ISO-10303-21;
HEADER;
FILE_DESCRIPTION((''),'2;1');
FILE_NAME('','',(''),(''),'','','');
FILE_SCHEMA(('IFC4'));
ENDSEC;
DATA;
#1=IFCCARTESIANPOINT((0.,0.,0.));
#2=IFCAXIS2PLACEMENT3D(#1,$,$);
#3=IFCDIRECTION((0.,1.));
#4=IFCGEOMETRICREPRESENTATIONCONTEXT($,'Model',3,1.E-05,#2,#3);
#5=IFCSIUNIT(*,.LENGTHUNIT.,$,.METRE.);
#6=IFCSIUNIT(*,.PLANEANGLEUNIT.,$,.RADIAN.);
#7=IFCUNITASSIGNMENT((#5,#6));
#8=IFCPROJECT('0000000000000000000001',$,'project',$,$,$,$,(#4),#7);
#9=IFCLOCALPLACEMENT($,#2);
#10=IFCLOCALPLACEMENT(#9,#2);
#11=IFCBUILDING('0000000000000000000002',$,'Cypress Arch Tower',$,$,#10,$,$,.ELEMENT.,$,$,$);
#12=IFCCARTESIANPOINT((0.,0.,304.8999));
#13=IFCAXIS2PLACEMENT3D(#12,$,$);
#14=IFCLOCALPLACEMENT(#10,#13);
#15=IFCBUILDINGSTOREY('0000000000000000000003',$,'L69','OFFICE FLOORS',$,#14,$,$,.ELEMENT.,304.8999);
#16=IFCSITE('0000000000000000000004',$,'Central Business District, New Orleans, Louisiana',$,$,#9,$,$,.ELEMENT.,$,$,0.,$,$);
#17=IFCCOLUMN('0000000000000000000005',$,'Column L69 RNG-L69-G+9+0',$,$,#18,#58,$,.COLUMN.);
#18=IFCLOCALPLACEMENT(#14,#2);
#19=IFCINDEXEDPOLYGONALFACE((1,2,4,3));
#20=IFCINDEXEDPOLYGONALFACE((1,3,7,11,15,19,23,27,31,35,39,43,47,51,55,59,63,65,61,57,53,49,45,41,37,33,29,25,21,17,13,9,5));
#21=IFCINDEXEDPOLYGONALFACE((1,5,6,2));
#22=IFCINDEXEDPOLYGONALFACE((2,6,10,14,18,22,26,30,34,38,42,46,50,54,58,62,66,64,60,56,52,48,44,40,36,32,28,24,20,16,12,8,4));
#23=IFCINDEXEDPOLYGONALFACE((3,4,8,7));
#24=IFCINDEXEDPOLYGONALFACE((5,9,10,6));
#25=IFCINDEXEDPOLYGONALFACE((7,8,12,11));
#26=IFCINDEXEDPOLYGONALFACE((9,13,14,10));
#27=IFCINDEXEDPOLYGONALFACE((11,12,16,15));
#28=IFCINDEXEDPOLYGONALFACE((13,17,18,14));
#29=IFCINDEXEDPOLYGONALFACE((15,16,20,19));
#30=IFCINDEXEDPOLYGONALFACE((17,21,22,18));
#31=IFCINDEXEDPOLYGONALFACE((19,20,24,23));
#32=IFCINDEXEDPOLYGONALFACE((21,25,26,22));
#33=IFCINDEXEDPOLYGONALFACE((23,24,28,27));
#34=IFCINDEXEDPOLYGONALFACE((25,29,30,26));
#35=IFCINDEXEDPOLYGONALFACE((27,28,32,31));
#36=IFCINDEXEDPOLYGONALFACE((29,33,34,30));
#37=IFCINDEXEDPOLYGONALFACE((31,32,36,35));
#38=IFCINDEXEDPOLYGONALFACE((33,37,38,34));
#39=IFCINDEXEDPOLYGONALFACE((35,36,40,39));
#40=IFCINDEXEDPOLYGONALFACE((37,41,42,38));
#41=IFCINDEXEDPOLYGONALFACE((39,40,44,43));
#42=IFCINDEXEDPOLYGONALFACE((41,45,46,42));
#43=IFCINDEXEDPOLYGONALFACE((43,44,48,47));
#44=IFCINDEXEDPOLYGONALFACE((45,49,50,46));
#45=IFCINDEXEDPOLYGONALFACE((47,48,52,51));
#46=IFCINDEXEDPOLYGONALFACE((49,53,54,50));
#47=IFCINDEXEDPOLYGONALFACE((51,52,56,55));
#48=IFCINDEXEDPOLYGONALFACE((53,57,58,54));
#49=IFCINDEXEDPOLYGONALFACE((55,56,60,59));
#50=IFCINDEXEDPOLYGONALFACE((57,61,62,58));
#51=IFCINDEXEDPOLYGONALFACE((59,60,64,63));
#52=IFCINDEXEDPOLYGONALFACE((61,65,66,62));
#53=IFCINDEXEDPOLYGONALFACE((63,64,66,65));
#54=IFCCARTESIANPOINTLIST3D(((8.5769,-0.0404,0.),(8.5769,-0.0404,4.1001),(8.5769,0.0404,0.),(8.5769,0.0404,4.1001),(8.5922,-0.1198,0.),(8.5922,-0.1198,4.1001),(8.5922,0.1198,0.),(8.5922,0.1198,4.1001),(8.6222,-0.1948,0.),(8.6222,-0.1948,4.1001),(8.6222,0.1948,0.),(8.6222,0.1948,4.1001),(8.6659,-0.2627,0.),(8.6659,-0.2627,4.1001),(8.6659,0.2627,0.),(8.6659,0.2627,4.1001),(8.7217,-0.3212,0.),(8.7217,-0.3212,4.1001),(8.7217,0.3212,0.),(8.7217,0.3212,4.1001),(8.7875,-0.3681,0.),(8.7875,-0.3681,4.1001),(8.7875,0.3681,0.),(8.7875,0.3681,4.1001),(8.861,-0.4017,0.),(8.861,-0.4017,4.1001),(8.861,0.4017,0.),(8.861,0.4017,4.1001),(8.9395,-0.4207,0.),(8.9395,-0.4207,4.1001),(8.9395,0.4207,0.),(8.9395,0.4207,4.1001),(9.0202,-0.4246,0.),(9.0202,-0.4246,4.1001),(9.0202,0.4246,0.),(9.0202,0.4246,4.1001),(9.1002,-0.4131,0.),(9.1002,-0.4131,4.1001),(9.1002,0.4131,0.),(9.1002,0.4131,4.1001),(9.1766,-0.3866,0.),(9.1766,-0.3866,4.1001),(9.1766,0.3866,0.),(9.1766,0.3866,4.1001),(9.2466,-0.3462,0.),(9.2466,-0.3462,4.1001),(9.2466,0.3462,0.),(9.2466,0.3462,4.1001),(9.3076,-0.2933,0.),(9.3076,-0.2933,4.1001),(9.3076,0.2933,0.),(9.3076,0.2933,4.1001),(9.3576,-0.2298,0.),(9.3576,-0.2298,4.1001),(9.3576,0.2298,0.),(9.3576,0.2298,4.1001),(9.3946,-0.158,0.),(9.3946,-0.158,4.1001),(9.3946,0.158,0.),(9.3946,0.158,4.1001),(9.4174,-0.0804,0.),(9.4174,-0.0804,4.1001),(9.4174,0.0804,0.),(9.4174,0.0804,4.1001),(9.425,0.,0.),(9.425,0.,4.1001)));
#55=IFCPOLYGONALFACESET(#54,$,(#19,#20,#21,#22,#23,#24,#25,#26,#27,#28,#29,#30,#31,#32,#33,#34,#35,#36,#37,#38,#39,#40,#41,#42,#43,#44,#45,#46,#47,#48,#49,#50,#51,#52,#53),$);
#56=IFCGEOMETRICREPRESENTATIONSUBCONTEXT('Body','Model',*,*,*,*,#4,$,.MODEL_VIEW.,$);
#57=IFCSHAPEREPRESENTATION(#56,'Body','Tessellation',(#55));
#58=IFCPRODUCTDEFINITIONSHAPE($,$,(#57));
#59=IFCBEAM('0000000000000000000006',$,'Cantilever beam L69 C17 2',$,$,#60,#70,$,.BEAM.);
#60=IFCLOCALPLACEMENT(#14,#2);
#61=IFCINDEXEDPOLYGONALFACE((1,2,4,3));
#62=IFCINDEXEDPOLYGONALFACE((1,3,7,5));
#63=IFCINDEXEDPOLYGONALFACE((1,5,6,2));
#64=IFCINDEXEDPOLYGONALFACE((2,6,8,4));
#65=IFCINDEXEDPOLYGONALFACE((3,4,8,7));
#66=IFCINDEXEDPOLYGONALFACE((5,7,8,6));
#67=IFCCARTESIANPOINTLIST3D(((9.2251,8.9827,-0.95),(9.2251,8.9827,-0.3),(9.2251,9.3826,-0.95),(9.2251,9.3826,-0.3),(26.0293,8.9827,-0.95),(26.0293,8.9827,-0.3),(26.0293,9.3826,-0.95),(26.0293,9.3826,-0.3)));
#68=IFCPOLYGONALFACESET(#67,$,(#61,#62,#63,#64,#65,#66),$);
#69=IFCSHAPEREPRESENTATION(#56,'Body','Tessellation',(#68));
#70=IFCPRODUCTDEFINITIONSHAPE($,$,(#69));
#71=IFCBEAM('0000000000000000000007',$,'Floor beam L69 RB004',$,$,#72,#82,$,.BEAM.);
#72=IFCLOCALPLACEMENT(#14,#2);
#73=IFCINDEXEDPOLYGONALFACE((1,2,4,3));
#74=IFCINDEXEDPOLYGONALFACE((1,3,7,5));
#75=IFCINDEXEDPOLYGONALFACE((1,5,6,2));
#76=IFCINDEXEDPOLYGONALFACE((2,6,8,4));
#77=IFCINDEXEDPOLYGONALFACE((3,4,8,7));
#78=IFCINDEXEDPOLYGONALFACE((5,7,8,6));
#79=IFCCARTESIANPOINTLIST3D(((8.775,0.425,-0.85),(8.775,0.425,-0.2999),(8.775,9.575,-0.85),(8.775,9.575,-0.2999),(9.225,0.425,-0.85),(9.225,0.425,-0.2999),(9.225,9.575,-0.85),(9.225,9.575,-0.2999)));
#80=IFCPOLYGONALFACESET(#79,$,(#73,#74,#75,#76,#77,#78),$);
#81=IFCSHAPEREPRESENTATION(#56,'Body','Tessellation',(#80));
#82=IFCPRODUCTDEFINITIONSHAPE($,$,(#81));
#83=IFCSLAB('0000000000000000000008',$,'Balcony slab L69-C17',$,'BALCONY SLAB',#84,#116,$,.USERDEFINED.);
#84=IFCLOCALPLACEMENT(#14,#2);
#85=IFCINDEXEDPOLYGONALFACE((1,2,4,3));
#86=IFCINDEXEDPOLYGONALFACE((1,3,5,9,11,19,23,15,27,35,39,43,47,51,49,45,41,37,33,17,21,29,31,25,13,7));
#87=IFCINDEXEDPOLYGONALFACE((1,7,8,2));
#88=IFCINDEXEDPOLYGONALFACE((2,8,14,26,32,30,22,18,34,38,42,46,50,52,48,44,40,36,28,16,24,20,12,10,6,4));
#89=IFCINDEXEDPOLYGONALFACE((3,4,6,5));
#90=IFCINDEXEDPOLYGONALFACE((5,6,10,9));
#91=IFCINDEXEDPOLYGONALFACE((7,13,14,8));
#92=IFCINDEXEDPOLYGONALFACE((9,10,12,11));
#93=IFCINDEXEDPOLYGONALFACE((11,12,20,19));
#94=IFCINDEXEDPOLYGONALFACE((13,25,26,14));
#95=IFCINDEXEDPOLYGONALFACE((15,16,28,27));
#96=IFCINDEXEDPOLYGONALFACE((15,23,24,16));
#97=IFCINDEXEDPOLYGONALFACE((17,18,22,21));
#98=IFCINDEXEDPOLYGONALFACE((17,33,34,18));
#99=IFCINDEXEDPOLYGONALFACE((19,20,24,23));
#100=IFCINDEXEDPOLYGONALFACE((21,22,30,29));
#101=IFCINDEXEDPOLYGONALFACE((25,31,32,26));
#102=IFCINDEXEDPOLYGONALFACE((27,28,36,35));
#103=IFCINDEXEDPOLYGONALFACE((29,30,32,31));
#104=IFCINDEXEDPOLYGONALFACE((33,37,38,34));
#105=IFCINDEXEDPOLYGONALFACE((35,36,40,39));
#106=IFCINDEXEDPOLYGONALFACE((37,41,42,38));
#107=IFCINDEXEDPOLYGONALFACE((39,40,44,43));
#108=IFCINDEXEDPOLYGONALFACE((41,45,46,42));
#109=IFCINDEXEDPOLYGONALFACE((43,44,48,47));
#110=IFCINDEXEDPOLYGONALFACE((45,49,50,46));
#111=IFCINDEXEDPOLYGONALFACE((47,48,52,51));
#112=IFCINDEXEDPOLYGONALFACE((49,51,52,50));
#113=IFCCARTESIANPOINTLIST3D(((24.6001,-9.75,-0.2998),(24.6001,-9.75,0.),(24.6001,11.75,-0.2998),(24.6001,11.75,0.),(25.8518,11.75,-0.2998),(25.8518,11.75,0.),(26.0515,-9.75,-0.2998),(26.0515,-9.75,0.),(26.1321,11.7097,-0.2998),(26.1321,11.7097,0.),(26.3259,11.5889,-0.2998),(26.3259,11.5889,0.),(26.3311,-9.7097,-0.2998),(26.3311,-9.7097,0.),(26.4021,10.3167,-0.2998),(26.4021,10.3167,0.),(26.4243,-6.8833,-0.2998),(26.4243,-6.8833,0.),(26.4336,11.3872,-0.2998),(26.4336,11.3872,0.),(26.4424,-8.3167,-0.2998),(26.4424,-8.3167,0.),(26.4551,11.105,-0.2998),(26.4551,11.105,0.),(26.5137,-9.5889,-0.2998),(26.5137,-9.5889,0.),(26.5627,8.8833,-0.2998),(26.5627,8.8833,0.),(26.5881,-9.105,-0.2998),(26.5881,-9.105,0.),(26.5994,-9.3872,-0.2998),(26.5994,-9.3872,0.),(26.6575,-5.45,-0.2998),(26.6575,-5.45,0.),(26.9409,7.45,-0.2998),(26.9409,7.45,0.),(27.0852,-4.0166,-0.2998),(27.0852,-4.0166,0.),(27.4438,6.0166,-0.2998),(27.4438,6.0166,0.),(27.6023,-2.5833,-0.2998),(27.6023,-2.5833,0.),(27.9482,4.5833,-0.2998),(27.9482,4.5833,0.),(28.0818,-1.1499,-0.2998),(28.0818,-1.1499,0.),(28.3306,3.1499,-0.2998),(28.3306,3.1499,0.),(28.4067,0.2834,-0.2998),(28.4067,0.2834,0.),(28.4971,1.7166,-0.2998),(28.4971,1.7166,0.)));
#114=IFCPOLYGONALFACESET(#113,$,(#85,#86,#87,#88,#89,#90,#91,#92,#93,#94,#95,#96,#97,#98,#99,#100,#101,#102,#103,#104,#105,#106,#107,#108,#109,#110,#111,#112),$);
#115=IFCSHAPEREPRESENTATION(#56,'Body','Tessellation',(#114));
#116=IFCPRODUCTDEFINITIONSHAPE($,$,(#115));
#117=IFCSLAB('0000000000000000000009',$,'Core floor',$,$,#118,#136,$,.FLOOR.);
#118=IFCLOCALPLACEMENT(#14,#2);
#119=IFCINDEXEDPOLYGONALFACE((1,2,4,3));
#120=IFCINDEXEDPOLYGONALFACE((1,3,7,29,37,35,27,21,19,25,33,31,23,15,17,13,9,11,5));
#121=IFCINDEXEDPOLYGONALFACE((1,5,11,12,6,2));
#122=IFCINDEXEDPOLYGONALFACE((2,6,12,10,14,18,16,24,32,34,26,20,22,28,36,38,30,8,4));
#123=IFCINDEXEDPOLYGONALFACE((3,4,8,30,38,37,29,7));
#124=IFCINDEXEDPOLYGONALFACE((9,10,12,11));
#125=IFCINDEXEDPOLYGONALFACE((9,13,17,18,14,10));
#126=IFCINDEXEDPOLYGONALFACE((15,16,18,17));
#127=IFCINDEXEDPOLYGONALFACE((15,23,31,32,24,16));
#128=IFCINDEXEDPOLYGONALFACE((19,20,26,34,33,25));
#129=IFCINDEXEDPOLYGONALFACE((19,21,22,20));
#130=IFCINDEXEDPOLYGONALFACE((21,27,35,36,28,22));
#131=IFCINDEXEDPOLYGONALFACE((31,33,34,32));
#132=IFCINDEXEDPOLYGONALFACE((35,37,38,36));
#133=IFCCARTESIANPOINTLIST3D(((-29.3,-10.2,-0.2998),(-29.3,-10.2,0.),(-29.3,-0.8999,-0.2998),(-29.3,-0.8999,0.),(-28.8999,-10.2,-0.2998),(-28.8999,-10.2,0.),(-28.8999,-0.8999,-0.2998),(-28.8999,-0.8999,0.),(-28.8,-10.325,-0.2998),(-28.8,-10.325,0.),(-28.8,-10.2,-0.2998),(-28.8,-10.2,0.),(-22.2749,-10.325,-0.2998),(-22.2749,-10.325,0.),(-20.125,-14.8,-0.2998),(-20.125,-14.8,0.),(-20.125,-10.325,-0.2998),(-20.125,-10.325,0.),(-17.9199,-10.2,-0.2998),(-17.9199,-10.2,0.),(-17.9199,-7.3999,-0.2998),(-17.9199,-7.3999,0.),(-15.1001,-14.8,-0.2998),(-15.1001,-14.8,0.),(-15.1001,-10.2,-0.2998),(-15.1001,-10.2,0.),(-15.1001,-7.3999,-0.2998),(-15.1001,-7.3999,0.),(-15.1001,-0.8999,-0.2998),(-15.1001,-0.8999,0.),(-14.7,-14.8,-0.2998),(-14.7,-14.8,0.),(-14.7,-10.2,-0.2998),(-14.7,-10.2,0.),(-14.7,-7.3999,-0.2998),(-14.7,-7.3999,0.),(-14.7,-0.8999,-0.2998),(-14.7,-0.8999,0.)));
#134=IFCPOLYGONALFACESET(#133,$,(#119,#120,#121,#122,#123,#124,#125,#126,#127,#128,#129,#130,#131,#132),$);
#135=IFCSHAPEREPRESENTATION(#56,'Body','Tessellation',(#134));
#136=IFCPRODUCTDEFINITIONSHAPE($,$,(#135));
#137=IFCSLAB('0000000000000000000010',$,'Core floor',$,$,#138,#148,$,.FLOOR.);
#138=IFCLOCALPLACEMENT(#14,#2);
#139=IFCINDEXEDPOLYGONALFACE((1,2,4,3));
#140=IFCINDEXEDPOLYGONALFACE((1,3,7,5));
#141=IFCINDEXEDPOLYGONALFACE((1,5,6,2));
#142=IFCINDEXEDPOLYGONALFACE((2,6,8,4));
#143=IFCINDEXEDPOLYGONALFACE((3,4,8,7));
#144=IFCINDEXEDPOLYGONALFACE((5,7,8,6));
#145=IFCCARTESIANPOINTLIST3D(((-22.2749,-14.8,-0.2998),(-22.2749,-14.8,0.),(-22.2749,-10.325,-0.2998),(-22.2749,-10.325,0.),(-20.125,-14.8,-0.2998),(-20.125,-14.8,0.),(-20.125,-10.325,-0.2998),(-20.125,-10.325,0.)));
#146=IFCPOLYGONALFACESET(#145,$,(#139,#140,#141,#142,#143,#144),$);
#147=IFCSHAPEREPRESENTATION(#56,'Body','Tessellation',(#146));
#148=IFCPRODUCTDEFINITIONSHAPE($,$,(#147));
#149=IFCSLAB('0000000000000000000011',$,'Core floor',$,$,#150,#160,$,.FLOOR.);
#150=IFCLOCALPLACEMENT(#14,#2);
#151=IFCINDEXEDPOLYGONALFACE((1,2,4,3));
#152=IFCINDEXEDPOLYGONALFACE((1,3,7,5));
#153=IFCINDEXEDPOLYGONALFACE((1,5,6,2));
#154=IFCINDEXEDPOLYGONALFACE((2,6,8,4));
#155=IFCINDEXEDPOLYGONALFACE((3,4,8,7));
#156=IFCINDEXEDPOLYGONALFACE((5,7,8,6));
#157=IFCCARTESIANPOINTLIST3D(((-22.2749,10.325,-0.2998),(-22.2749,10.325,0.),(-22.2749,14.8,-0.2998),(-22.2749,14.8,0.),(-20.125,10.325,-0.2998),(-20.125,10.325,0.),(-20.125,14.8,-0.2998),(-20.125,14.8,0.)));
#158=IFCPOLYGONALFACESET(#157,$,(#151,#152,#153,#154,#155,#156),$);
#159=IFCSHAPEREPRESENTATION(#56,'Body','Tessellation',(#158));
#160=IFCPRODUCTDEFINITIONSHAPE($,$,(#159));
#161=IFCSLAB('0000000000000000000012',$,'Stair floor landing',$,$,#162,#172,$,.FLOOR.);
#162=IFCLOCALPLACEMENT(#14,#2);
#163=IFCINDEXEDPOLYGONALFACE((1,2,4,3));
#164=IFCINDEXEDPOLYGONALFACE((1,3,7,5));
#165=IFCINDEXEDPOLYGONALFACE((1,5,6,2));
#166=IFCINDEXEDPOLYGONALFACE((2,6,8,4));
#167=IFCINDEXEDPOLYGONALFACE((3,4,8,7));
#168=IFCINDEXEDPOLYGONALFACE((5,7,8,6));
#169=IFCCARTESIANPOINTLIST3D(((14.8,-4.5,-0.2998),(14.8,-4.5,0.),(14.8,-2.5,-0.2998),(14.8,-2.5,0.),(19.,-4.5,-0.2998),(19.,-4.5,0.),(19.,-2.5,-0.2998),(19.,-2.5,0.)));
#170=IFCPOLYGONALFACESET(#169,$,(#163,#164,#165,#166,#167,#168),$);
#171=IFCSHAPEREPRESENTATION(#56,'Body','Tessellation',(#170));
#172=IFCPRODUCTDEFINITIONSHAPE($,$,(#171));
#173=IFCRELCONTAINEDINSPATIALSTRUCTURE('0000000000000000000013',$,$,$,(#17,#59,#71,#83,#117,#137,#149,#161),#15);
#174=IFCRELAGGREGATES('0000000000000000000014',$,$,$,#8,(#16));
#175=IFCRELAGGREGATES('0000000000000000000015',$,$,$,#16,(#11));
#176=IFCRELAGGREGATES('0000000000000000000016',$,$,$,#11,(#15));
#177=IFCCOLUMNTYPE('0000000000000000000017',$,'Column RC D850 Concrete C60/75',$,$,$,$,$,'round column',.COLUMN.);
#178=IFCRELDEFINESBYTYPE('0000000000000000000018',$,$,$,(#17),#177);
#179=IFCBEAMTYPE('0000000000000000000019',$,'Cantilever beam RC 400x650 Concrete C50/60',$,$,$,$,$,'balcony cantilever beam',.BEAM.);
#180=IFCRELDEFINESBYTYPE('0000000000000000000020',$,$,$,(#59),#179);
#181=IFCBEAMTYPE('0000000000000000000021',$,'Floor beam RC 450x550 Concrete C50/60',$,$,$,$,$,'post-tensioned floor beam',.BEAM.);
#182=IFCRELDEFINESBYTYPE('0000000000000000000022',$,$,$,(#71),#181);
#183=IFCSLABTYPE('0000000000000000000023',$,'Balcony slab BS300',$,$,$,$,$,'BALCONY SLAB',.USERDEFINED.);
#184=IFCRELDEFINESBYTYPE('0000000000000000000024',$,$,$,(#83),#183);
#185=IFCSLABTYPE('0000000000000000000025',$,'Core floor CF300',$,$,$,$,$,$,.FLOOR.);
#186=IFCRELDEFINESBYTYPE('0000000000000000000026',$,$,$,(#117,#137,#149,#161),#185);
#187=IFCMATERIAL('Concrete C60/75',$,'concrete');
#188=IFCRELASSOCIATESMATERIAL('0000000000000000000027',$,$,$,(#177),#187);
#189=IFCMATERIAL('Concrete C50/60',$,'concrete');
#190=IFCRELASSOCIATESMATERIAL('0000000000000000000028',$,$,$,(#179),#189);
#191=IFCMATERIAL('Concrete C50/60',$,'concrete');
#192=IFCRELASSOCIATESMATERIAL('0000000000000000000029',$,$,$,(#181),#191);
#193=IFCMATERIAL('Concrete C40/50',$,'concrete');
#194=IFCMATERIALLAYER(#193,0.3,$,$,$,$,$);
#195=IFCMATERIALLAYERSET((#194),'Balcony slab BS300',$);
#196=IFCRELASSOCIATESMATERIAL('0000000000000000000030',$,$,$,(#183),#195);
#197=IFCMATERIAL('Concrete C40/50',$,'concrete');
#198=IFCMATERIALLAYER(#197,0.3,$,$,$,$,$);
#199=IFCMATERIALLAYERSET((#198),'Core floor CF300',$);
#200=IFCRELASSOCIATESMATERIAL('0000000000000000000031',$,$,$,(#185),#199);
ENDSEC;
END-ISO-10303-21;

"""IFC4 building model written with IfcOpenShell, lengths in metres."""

from ifc_helpers import new_model, si_unit, direction, frame, origin, origin_2d, place, context, subcontext, project, spatial, polyline, rectangle, circle, outline, extrude, material, layer, layer_set, material_profile, profile_set, type_object, element, save


model = new_model("IFC4")

# Units and contexts
model_context = context("Model", 3, precision=1e-05, world=origin(), true_north=direction((0.0, 1.0)))
body_context = subcontext(model_context, "Body", "Model", "MODEL_VIEW")
ifc_project = project(units=[si_unit("LENGTHUNIT", "METRE"), si_unit("PLANEANGLEUNIT", "RADIAN")], contexts=[model_context])

# Site, building, storey
site_placement = place(None, origin())
site = spatial("IfcSite", under=ifc_project, at=site_placement, Name="Central Business District, New Orleans, Louisiana", CompositionType="ELEMENT", RefElevation=0.0)
building_placement = place(site_placement, origin())
building = spatial("IfcBuilding", under=site, at=building_placement, Name="Cypress Arch Tower", CompositionType="ELEMENT")
storey_placement = place(building_placement, frame((0.0, 0.0, 304.8999)))
storey = spatial("IfcBuildingStorey", under=building, at=storey_placement, Name="L69", Description="OFFICE FLOORS", CompositionType="ELEMENT", Elevation=304.8999)

# Column
ifc_material_1 = material(Name="Concrete C60/75", Category="concrete")
ifc_material_profile_1 = material_profile(ifc_material_1, circle(Radius=0.425, at=origin_2d()), Name="RC D850")
ifc_profile_set_1 = profile_set([ifc_material_profile_1], Name="Concrete C60/75")
column_type = type_object("IfcColumnType", Name="Column RC D850 Concrete C60/75", ElementType="round column", PredefinedType="COLUMN", material=ifc_profile_set_1)
column_placement = place(storey_placement, frame((9.0, 0.0, 0.0), z_axis=(0.0, 0.0, 1.0), x_axis=(1.0, 0.0, 0.0)))
element("IfcColumn", 1, at=column_placement, inside=storey, type_object=column_type, Name="Column L69 RNG-L69-G+9+0", PredefinedType="COLUMN", context=body_context, shape_type="SweptSolid", body=[
    extrude(circle(Radius=0.425, at=origin_2d()), origin(), (0.0, 0.0, 1.0), 4.1001),
])

# Beams
ifc_material_2 = material(Name="Concrete C50/60", Category="concrete")
ifc_material_profile_2 = material_profile(ifc_material_2, rectangle(XDim=0.3999, YDim=0.6499, at=origin_2d()), Name="RC 400x650")
ifc_profile_set_2 = profile_set([ifc_material_profile_2], Name="Concrete C50/60")
beam_type_1 = type_object("IfcBeamType", Name="Cantilever beam RC 400x650 Concrete C50/60", ElementType="balcony cantilever beam", PredefinedType="BEAM", material=ifc_profile_set_2)
beam_1_placement = place(storey_placement, frame((9.2251, 9.1826, -0.625), z_axis=(1.0, 0.0, 0.0), x_axis=(0.0, 1.0, 0.0)))
element("IfcBeam", 2, at=beam_1_placement, inside=storey, type_object=beam_type_1, Name="Cantilever beam L69 C17 2", PredefinedType="BEAM", context=body_context, shape_type="SweptSolid", body=[
    extrude(rectangle(XDim=0.3999, YDim=0.6499, at=origin_2d()), origin(), (0.0, 0.0, 1.0), 16.8042),
])
ifc_material_3 = material(Name="Concrete C50/60", Category="concrete")
ifc_material_profile_3 = material_profile(ifc_material_3, rectangle(XDim=0.45, YDim=0.55, at=origin_2d()), Name="RC 450x550")
ifc_profile_set_3 = profile_set([ifc_material_profile_3], Name="Concrete C50/60")
beam_type_2 = type_object("IfcBeamType", Name="Floor beam RC 450x550 Concrete C50/60", ElementType="post-tensioned floor beam", PredefinedType="BEAM", material=ifc_profile_set_3)
beam_2_placement = place(storey_placement, frame((9.0, 0.425, -0.575), z_axis=(0.0, 1.0, 0.0), x_axis=(-1.0, 0.0, 0.0)))
element("IfcBeam", 3, at=beam_2_placement, inside=storey, type_object=beam_type_2, Name="Floor beam L69 RB004", PredefinedType="BEAM", context=body_context, shape_type="SweptSolid", body=[
    extrude(rectangle(XDim=0.45, YDim=0.55, at=origin_2d()), origin(), (0.0, 0.0, 1.0), 9.1499),
])

# Slabs
ifc_material_4 = material(Name="Concrete C40/50", Category="concrete")
ifc_layer_1 = layer(ifc_material_4, 0.3)
ifc_layer_set_1 = layer_set([ifc_layer_1], Name="Balcony slab BS300")
slab_type_1 = type_object("IfcSlabType", Name="Balcony slab BS300", ElementType="BALCONY SLAB", PredefinedType="USERDEFINED", material=ifc_layer_set_1)
slab_1_placement = place(storey_placement, frame((0.0, 0.0, -0.2998)))
element("IfcSlab", 4, at=slab_1_placement, inside=storey, type_object=slab_type_1, Name="Balcony slab L69-C17", ObjectType="BALCONY SLAB", PredefinedType="USERDEFINED", context=body_context, shape_type="SweptSolid", body=[
    extrude(outline(polyline([(24.6001, -9.75), (26.0515, -9.75), (26.3311, -9.7097), (26.5137, -9.5889), (26.5994, -9.3872), (26.5881, -9.105), (26.4424, -8.3167), (26.4243, -6.8833), (26.6575, -5.45), (27.0852, -4.0166), (27.6023, -2.5833), (28.0818, -1.1499), (28.4067, 0.2834), (28.4971, 1.7166), (28.3306, 3.1499), (27.9482, 4.5833), (27.4438, 6.0166), (26.9409, 7.45), (26.5627, 8.8833), (26.4021, 10.3167), (26.4551, 11.105), (26.4336, 11.3872), (26.3259, 11.5889), (26.1321, 11.7097), (25.8518, 11.75), (24.6001, 11.75), (24.6001, -9.75)])), origin(), (0.0, 0.0, 1.0), 0.2998),
])
ifc_material_5 = material(Name="Concrete C40/50", Category="concrete")
ifc_layer_2 = layer(ifc_material_5, 0.3)
ifc_layer_set_2 = layer_set([ifc_layer_2], Name="Core floor CF300")
slab_type_2 = type_object("IfcSlabType", Name="Core floor CF300", PredefinedType="FLOOR", material=ifc_layer_set_2)
slab_2_placement = place(storey_placement, frame((0.0, 0.0, -0.2998)))
element("IfcSlab", 5, at=slab_2_placement, inside=storey, type_object=slab_type_2, Name="Core floor", PredefinedType="FLOOR", context=body_context, shape_type="SweptSolid", body=[
    extrude(outline(polyline([(-28.8999, -10.2), (-29.3, -10.2), (-29.3, -0.8999), (-28.8999, -0.8999), (-15.1001, -0.8999), (-14.7, -0.8999), (-14.7, -7.3999), (-15.1001, -7.3999), (-17.9199, -7.3999), (-17.9199, -10.2), (-15.1001, -10.2), (-14.7, -10.2), (-14.7, -14.8), (-15.1001, -14.8), (-20.125, -14.8), (-20.125, -10.325), (-22.2749, -10.325), (-28.8, -10.325), (-28.8, -10.2), (-28.8999, -10.2)])), origin(), (0.0, 0.0, 1.0), 0.2998),
])
slab_3_placement = place(storey_placement, frame((0.0, 0.0, -0.2998)))
element("IfcSlab", 6, at=slab_3_placement, inside=storey, type_object=slab_type_2, Name="Core floor", PredefinedType="FLOOR", context=body_context, shape_type="SweptSolid", body=[
    extrude(outline(polyline([(-22.2749, -10.325), (-22.2749, -14.8), (-20.125, -14.8), (-20.125, -10.325), (-22.2749, -10.325)])), origin(), (0.0, 0.0, 1.0), 0.2998),
])
slab_4_placement = place(storey_placement, frame((0.0, 0.0, -0.2998)))
element("IfcSlab", 7, at=slab_4_placement, inside=storey, type_object=slab_type_2, Name="Core floor", PredefinedType="FLOOR", context=body_context, shape_type="SweptSolid", body=[
    extrude(outline(polyline([(-20.125, 14.8), (-22.2749, 14.8), (-22.2749, 10.325), (-20.125, 10.325), (-20.125, 14.8)])), origin(), (0.0, 0.0, 1.0), 0.2998),
])
slab_5_placement = place(storey_placement, frame((0.0, 0.0, -0.2998)))
element("IfcSlab", 8, at=slab_5_placement, inside=storey, type_object=slab_type_2, Name="Stair floor landing", PredefinedType="FLOOR", context=body_context, shape_type="SweptSolid", body=[
    extrude(outline(polyline([(19.0, -4.5), (19.0, -2.5), (14.8, -2.5), (14.8, -4.5), (19.0, -4.5)])), origin(), (0.0, 0.0, 1.0), 0.2998),
])

save(model, "model.ifc")
